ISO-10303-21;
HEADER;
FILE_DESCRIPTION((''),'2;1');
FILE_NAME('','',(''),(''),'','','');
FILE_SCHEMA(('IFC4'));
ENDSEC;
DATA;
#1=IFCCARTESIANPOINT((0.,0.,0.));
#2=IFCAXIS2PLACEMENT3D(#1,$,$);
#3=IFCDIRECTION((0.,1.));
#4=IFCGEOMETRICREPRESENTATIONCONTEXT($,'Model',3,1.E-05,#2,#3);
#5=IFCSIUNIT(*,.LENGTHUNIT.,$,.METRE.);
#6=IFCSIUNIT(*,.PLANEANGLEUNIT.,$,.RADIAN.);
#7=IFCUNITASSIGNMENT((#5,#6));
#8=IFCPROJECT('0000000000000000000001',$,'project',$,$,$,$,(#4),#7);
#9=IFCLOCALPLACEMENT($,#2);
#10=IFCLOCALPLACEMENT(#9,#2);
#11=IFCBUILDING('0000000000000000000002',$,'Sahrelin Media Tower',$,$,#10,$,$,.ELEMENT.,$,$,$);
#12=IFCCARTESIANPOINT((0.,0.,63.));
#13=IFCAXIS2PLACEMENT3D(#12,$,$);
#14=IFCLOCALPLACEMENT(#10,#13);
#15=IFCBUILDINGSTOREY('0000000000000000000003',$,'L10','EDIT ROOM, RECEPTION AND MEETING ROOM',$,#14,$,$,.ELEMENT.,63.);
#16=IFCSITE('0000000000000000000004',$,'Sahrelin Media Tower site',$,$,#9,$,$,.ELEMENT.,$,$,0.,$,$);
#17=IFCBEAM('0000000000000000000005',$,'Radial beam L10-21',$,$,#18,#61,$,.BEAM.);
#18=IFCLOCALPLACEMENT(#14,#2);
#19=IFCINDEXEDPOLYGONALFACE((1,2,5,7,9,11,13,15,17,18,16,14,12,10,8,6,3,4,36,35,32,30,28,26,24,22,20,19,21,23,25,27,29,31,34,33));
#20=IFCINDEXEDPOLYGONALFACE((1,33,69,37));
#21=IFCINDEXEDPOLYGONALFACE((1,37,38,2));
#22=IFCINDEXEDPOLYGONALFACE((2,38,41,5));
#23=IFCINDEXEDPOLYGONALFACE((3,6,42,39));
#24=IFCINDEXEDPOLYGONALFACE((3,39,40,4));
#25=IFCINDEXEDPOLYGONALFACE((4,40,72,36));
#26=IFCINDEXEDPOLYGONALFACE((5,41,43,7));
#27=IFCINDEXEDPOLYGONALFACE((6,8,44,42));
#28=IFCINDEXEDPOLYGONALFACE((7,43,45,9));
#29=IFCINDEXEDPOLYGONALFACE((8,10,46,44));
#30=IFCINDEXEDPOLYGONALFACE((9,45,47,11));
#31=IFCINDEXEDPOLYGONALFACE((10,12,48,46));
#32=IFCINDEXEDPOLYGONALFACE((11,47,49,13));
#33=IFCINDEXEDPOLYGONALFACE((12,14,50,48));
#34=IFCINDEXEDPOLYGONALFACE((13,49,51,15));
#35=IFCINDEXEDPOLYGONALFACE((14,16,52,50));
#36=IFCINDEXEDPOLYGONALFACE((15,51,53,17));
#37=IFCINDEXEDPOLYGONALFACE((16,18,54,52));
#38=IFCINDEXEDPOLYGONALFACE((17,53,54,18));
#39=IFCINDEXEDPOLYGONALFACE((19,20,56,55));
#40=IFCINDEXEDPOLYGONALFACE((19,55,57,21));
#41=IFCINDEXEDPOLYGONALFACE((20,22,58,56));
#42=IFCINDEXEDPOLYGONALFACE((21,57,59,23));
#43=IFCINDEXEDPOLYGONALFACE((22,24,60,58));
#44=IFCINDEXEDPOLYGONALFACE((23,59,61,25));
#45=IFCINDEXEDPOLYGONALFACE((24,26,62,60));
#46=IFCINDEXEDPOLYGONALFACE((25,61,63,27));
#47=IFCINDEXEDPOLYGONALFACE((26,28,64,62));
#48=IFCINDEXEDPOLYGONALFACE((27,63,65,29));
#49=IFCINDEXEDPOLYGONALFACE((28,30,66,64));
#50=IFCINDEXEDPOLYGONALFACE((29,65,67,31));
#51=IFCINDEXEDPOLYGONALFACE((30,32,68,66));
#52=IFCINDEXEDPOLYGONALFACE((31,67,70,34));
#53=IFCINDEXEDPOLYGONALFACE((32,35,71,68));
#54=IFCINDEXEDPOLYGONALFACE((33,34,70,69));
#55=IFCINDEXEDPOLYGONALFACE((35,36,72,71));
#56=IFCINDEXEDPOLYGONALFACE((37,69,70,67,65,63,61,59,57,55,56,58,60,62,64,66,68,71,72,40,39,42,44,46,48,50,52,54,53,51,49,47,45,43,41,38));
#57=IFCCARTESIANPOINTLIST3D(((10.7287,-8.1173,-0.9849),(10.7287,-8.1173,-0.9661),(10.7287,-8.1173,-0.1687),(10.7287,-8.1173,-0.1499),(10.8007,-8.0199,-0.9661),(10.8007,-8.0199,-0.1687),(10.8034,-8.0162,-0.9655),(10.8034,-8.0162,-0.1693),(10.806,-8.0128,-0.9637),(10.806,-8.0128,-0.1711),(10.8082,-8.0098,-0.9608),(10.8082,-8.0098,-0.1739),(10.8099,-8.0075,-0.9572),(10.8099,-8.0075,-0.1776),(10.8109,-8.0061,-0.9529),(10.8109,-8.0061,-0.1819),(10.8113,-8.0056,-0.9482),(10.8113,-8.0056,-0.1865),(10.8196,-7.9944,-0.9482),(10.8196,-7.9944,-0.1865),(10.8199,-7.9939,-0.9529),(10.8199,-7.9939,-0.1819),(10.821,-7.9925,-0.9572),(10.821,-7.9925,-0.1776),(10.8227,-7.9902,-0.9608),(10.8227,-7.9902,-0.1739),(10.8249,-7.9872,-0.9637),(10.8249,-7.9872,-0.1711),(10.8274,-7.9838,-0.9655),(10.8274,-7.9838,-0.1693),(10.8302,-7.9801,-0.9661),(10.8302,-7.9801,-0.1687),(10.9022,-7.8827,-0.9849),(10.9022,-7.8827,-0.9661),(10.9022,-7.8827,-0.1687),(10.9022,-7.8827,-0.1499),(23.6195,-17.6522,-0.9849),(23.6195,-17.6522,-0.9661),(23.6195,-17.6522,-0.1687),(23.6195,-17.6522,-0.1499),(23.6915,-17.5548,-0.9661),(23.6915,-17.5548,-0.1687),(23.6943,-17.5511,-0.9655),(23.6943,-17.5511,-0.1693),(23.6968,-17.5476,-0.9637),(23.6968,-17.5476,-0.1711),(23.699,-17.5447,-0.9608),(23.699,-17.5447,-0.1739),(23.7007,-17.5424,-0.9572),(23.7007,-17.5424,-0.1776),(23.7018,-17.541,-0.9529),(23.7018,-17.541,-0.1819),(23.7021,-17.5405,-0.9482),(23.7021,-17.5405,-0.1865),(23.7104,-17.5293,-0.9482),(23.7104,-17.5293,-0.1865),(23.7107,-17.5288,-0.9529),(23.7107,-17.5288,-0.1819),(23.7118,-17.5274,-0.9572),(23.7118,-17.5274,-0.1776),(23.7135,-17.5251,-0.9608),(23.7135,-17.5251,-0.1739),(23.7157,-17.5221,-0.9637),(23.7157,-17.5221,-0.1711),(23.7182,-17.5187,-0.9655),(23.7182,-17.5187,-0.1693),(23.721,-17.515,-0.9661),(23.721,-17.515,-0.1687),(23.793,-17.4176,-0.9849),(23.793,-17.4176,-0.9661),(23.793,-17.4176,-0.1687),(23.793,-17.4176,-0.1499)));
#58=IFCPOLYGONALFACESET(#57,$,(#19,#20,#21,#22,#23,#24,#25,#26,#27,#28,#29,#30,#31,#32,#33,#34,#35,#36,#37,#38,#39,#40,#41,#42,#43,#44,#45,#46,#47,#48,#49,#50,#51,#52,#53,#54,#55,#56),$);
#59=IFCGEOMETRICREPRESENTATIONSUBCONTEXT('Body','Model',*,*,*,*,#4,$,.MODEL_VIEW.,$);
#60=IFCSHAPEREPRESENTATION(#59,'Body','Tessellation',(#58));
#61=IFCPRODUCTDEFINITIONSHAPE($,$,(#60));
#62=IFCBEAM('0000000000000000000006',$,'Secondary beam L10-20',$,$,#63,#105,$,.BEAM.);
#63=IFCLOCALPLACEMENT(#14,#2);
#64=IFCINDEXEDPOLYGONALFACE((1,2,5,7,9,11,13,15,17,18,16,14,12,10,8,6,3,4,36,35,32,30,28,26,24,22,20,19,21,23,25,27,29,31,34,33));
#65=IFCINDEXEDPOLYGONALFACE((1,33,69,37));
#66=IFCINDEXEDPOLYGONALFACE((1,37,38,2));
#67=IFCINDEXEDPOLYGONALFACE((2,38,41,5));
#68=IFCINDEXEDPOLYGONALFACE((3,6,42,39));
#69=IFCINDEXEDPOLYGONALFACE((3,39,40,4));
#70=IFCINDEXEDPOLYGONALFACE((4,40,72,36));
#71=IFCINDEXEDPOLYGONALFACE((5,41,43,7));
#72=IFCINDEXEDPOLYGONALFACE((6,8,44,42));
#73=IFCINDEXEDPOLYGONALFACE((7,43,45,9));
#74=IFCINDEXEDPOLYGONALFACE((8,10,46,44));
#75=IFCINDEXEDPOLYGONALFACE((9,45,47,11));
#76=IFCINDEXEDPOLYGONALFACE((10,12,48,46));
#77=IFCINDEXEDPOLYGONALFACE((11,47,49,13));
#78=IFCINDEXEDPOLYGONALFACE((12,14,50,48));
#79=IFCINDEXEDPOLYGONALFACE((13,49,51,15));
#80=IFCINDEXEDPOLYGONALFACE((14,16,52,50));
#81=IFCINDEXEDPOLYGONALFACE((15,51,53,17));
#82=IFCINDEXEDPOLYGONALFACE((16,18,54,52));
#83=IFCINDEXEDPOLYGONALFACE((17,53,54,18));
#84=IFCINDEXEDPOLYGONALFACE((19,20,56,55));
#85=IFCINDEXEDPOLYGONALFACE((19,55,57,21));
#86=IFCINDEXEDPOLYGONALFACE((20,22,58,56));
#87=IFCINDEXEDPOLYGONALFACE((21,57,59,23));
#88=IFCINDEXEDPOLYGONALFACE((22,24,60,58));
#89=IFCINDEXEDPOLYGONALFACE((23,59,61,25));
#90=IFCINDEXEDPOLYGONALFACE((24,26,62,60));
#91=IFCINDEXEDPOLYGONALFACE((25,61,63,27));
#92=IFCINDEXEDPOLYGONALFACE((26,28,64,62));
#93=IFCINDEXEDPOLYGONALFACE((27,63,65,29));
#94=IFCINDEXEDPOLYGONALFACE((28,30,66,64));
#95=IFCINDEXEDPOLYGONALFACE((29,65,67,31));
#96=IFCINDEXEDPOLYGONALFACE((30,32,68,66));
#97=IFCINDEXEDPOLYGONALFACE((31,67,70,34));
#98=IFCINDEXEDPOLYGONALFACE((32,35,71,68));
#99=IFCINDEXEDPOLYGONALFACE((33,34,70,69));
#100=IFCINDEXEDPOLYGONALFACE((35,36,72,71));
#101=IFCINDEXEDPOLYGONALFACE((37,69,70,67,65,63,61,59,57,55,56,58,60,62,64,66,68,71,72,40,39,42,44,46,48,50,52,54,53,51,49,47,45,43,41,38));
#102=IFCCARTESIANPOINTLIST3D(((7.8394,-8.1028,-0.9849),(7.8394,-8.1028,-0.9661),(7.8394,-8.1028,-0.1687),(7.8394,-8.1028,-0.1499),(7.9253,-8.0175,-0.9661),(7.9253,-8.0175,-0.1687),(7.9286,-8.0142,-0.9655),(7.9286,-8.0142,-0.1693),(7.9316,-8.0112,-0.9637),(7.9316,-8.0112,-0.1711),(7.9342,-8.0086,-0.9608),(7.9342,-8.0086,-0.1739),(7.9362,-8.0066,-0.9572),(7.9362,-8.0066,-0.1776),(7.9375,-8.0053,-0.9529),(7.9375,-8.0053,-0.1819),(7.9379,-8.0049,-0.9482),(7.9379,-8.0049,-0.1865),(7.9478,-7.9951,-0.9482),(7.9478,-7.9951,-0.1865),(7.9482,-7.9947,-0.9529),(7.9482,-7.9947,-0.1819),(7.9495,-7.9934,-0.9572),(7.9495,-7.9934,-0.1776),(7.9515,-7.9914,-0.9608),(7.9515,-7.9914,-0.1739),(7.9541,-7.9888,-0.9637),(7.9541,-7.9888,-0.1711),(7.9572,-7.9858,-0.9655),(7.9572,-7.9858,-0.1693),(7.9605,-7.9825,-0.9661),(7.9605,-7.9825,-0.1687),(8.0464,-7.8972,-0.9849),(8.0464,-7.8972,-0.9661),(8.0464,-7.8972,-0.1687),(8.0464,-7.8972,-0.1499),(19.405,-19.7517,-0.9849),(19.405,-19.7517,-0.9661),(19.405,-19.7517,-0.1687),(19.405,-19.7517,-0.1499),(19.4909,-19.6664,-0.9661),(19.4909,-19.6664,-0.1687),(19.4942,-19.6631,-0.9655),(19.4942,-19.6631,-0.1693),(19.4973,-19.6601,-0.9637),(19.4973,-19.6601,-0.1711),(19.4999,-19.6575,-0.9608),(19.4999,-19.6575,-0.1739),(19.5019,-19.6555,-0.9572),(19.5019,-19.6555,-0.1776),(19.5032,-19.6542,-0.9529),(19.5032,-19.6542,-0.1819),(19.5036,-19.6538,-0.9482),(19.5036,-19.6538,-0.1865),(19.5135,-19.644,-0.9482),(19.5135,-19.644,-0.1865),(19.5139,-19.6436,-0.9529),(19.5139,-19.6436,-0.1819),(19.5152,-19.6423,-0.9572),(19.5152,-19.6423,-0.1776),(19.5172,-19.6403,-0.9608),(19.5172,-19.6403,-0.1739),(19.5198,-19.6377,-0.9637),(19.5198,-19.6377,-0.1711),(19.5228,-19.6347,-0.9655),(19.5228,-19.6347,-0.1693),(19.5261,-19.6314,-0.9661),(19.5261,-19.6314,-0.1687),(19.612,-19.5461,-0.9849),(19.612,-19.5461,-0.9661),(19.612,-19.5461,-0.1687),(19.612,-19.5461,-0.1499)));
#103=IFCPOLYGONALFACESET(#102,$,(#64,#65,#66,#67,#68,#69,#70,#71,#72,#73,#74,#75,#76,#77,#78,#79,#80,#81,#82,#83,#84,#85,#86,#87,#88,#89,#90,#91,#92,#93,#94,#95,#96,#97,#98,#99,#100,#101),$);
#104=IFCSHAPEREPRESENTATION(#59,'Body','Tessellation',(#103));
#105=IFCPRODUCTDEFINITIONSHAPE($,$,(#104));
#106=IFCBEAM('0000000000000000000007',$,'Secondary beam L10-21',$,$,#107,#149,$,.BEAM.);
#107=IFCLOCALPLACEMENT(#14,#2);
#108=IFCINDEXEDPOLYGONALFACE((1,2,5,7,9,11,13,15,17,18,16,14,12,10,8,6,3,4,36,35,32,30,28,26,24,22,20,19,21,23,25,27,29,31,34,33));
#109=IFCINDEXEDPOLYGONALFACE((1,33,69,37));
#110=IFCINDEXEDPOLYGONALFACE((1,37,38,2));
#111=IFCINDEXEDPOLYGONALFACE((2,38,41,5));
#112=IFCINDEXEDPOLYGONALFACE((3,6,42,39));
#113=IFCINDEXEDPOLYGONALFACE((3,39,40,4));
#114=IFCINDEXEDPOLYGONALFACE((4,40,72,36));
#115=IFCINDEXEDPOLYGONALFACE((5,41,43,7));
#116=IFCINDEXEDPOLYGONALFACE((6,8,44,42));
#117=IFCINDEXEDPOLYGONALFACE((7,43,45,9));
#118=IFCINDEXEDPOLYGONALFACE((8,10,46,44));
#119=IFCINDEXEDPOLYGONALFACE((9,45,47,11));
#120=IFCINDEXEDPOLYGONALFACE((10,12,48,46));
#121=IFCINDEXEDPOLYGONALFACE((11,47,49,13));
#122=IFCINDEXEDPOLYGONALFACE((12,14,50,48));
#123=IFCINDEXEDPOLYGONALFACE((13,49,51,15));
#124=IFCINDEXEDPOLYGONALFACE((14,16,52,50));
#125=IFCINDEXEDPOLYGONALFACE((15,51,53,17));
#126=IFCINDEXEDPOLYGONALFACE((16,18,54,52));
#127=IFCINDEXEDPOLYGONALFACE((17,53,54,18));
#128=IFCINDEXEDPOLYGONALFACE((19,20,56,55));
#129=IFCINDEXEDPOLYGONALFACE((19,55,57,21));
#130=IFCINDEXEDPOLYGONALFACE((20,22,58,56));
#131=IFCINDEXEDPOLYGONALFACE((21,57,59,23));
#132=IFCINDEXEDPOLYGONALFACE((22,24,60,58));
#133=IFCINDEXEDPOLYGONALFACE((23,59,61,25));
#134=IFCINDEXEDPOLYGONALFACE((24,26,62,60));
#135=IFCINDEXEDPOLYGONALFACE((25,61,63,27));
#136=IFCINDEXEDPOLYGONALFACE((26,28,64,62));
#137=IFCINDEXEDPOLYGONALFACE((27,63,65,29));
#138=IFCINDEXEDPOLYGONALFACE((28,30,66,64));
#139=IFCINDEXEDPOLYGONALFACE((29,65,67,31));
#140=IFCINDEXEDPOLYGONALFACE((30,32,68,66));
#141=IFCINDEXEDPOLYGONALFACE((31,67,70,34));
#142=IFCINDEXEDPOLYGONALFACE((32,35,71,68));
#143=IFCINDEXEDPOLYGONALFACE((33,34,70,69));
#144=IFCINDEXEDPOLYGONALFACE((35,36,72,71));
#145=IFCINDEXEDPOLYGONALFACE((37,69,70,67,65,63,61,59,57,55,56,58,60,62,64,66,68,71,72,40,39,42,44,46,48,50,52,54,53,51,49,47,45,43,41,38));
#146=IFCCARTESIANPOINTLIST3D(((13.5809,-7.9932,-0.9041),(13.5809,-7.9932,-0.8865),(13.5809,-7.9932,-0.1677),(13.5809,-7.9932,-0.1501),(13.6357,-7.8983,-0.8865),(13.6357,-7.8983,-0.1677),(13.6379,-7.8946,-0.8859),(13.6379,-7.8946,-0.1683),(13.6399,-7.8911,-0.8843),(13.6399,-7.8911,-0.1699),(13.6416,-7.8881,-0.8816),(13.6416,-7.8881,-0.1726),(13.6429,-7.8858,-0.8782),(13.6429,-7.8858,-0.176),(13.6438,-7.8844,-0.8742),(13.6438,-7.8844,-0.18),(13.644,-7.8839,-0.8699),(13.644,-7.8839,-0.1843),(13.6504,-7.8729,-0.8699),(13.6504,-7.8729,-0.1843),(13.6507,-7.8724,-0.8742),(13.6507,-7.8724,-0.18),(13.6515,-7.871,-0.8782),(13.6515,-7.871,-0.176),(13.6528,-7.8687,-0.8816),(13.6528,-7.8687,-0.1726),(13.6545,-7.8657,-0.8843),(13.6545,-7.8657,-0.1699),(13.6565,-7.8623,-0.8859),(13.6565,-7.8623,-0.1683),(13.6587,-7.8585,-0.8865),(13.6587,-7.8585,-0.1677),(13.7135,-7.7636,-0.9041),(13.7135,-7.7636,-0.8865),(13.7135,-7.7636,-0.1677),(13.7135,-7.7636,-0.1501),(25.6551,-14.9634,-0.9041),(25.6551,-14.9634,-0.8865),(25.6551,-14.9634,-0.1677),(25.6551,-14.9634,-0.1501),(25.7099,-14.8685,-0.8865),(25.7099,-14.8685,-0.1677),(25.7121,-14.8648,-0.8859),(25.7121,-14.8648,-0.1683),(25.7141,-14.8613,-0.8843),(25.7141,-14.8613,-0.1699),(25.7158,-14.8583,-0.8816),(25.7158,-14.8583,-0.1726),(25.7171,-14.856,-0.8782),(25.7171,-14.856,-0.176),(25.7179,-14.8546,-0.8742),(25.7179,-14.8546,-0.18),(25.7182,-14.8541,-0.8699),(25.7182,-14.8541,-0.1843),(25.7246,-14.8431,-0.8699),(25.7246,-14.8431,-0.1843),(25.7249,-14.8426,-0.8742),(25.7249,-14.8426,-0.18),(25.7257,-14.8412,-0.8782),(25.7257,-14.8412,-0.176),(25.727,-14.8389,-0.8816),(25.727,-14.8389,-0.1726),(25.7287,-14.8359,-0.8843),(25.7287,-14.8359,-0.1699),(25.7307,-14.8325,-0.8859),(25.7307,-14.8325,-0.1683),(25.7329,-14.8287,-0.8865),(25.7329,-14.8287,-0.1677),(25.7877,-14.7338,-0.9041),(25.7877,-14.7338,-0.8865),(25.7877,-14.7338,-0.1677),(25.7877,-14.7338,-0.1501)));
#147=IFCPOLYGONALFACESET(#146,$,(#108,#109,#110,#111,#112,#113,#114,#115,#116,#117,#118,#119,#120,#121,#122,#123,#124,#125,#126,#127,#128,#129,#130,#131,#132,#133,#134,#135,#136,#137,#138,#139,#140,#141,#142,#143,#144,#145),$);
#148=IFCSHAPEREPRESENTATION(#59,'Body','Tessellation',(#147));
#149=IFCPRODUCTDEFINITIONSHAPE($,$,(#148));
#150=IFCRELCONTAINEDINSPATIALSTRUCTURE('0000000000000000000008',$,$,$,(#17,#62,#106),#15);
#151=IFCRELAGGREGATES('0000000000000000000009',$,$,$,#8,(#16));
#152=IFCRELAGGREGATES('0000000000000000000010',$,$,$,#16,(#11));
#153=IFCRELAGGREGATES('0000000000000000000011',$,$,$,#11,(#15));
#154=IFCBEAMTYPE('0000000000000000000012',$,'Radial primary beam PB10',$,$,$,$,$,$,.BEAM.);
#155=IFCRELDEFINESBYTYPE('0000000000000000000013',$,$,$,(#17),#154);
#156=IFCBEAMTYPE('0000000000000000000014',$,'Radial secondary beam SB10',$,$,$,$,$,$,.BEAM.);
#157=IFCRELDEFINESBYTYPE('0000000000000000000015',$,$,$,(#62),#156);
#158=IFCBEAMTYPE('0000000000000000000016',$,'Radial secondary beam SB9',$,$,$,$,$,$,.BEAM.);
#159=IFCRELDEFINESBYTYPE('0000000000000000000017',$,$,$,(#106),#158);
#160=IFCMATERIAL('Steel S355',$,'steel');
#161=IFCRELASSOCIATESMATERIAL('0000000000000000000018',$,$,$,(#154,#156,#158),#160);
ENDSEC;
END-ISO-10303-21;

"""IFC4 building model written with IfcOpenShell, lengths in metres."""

from ifc_helpers import new_model, si_unit, direction, frame, origin, origin_2d, place, context, subcontext, project, spatial, i_section, extrude, material, material_profile, profile_set, type_object, element, save


model = new_model("IFC4")

# Units and contexts
model_context = context("Model", 3, precision=1e-05, world=origin(), true_north=direction((0.0, 1.0)))
body_context = subcontext(model_context, "Body", "Model", "MODEL_VIEW")
ifc_project = project(units=[si_unit("LENGTHUNIT", "METRE"), si_unit("PLANEANGLEUNIT", "RADIAN")], contexts=[model_context])

# Site, building, storey
site_placement = place(None, origin())
site = spatial("IfcSite", under=ifc_project, at=site_placement, Name="Sahrelin Media Tower site", CompositionType="ELEMENT", RefElevation=0.0)
building_placement = place(site_placement, origin())
building = spatial("IfcBuilding", under=site, at=building_placement, Name="Sahrelin Media Tower", CompositionType="ELEMENT")
storey_placement = place(building_placement, frame((0.0, 0.0, 63.0)))
storey = spatial("IfcBuildingStorey", under=building, at=storey_placement, Name="L10", Description="EDIT ROOM, RECEPTION AND MEETING ROOM", CompositionType="ELEMENT", Elevation=63.0)

# Beams
ifc_material_1 = material(Name="Steel S355", Category="steel")
ifc_material_profile_1 = material_profile(ifc_material_1, i_section(OverallWidth=0.2917, OverallDepth=0.835, WebThickness=0.0139, FlangeThickness=0.0188, FilletRadius=0.0178, at=origin_2d()), Name="UB 838x292x176")
ifc_profile_set_1 = profile_set([ifc_material_profile_1], Name="Steel S355")
beam_type_1 = type_object("IfcBeamType", Name="Radial primary beam PB10", PredefinedType="BEAM", material=ifc_profile_set_1)
beam_1_placement = place(storey_placement, frame((10.8154, -8.0, -0.5674), z_axis=(0.803971, -0.594668, 0.0), x_axis=(0.594668, 0.803971, 0.0)))
element("IfcBeam", 1, at=beam_1_placement, inside=storey, type_object=beam_type_1, Name="Radial beam L10-21", PredefinedType="BEAM", context=body_context, shape_type="SweptSolid", body=[
    extrude(i_section(OverallWidth=0.2917, OverallDepth=0.835, WebThickness=0.0139, FlangeThickness=0.0188, FilletRadius=0.0178, at=origin_2d()), origin(), (0.0, 0.0, 1.0), 16.0339),
])
ifc_material_profile_2 = material_profile(ifc_material_1, i_section(OverallWidth=0.2917, OverallDepth=0.835, WebThickness=0.0139, FlangeThickness=0.0188, FilletRadius=0.0178, at=origin_2d()), Name="UB 838x292x176")
ifc_profile_set_2 = profile_set([ifc_material_profile_2], Name="Steel S355")
beam_type_2 = type_object("IfcBeamType", Name="Radial secondary beam SB10", PredefinedType="BEAM", material=ifc_profile_set_2)
beam_2_placement = place(storey_placement, frame((7.9429, -8.0, -0.5674), z_axis=(0.704566, -0.709638, 0.0), x_axis=(0.709638, 0.704566, 0.0)))
element("IfcBeam", 2, at=beam_2_placement, inside=storey, type_object=beam_type_2, Name="Secondary beam L10-20", PredefinedType="BEAM", context=body_context, shape_type="SweptSolid", body=[
    extrude(i_section(OverallWidth=0.2917, OverallDepth=0.835, WebThickness=0.0139, FlangeThickness=0.0188, FilletRadius=0.0178, at=origin_2d()), origin(), (0.0, 0.0, 1.0), 16.4153),
])
ifc_material_profile_3 = material_profile(ifc_material_1, i_section(OverallWidth=0.2651, OverallDepth=0.7539, WebThickness=0.0127, FlangeThickness=0.0176, FilletRadius=0.0166, at=origin_2d()), Name="UB 762x267x147")
ifc_profile_set_3 = profile_set([ifc_material_profile_3], Name="Steel S355")
beam_type_3 = type_object("IfcBeamType", Name="Radial secondary beam SB9", PredefinedType="BEAM", material=ifc_profile_set_3)
beam_3_placement = place(storey_placement, frame((13.6472, -7.8784, -0.5271), z_axis=(0.866051, -0.499955, 0.0), x_axis=(0.499955, 0.866051, 0.0)))
element("IfcBeam", 3, at=beam_3_placement, inside=storey, type_object=beam_type_3, Name="Secondary beam L10-21", PredefinedType="BEAM", context=body_context, shape_type="SweptSolid", body=[
    extrude(i_section(OverallWidth=0.2651, OverallDepth=0.7539, WebThickness=0.0127, FlangeThickness=0.0176, FilletRadius=0.0166, at=origin_2d()), origin(), (0.0, 0.0, 1.0), 13.9417),
])

save(model, "model.ifc")
